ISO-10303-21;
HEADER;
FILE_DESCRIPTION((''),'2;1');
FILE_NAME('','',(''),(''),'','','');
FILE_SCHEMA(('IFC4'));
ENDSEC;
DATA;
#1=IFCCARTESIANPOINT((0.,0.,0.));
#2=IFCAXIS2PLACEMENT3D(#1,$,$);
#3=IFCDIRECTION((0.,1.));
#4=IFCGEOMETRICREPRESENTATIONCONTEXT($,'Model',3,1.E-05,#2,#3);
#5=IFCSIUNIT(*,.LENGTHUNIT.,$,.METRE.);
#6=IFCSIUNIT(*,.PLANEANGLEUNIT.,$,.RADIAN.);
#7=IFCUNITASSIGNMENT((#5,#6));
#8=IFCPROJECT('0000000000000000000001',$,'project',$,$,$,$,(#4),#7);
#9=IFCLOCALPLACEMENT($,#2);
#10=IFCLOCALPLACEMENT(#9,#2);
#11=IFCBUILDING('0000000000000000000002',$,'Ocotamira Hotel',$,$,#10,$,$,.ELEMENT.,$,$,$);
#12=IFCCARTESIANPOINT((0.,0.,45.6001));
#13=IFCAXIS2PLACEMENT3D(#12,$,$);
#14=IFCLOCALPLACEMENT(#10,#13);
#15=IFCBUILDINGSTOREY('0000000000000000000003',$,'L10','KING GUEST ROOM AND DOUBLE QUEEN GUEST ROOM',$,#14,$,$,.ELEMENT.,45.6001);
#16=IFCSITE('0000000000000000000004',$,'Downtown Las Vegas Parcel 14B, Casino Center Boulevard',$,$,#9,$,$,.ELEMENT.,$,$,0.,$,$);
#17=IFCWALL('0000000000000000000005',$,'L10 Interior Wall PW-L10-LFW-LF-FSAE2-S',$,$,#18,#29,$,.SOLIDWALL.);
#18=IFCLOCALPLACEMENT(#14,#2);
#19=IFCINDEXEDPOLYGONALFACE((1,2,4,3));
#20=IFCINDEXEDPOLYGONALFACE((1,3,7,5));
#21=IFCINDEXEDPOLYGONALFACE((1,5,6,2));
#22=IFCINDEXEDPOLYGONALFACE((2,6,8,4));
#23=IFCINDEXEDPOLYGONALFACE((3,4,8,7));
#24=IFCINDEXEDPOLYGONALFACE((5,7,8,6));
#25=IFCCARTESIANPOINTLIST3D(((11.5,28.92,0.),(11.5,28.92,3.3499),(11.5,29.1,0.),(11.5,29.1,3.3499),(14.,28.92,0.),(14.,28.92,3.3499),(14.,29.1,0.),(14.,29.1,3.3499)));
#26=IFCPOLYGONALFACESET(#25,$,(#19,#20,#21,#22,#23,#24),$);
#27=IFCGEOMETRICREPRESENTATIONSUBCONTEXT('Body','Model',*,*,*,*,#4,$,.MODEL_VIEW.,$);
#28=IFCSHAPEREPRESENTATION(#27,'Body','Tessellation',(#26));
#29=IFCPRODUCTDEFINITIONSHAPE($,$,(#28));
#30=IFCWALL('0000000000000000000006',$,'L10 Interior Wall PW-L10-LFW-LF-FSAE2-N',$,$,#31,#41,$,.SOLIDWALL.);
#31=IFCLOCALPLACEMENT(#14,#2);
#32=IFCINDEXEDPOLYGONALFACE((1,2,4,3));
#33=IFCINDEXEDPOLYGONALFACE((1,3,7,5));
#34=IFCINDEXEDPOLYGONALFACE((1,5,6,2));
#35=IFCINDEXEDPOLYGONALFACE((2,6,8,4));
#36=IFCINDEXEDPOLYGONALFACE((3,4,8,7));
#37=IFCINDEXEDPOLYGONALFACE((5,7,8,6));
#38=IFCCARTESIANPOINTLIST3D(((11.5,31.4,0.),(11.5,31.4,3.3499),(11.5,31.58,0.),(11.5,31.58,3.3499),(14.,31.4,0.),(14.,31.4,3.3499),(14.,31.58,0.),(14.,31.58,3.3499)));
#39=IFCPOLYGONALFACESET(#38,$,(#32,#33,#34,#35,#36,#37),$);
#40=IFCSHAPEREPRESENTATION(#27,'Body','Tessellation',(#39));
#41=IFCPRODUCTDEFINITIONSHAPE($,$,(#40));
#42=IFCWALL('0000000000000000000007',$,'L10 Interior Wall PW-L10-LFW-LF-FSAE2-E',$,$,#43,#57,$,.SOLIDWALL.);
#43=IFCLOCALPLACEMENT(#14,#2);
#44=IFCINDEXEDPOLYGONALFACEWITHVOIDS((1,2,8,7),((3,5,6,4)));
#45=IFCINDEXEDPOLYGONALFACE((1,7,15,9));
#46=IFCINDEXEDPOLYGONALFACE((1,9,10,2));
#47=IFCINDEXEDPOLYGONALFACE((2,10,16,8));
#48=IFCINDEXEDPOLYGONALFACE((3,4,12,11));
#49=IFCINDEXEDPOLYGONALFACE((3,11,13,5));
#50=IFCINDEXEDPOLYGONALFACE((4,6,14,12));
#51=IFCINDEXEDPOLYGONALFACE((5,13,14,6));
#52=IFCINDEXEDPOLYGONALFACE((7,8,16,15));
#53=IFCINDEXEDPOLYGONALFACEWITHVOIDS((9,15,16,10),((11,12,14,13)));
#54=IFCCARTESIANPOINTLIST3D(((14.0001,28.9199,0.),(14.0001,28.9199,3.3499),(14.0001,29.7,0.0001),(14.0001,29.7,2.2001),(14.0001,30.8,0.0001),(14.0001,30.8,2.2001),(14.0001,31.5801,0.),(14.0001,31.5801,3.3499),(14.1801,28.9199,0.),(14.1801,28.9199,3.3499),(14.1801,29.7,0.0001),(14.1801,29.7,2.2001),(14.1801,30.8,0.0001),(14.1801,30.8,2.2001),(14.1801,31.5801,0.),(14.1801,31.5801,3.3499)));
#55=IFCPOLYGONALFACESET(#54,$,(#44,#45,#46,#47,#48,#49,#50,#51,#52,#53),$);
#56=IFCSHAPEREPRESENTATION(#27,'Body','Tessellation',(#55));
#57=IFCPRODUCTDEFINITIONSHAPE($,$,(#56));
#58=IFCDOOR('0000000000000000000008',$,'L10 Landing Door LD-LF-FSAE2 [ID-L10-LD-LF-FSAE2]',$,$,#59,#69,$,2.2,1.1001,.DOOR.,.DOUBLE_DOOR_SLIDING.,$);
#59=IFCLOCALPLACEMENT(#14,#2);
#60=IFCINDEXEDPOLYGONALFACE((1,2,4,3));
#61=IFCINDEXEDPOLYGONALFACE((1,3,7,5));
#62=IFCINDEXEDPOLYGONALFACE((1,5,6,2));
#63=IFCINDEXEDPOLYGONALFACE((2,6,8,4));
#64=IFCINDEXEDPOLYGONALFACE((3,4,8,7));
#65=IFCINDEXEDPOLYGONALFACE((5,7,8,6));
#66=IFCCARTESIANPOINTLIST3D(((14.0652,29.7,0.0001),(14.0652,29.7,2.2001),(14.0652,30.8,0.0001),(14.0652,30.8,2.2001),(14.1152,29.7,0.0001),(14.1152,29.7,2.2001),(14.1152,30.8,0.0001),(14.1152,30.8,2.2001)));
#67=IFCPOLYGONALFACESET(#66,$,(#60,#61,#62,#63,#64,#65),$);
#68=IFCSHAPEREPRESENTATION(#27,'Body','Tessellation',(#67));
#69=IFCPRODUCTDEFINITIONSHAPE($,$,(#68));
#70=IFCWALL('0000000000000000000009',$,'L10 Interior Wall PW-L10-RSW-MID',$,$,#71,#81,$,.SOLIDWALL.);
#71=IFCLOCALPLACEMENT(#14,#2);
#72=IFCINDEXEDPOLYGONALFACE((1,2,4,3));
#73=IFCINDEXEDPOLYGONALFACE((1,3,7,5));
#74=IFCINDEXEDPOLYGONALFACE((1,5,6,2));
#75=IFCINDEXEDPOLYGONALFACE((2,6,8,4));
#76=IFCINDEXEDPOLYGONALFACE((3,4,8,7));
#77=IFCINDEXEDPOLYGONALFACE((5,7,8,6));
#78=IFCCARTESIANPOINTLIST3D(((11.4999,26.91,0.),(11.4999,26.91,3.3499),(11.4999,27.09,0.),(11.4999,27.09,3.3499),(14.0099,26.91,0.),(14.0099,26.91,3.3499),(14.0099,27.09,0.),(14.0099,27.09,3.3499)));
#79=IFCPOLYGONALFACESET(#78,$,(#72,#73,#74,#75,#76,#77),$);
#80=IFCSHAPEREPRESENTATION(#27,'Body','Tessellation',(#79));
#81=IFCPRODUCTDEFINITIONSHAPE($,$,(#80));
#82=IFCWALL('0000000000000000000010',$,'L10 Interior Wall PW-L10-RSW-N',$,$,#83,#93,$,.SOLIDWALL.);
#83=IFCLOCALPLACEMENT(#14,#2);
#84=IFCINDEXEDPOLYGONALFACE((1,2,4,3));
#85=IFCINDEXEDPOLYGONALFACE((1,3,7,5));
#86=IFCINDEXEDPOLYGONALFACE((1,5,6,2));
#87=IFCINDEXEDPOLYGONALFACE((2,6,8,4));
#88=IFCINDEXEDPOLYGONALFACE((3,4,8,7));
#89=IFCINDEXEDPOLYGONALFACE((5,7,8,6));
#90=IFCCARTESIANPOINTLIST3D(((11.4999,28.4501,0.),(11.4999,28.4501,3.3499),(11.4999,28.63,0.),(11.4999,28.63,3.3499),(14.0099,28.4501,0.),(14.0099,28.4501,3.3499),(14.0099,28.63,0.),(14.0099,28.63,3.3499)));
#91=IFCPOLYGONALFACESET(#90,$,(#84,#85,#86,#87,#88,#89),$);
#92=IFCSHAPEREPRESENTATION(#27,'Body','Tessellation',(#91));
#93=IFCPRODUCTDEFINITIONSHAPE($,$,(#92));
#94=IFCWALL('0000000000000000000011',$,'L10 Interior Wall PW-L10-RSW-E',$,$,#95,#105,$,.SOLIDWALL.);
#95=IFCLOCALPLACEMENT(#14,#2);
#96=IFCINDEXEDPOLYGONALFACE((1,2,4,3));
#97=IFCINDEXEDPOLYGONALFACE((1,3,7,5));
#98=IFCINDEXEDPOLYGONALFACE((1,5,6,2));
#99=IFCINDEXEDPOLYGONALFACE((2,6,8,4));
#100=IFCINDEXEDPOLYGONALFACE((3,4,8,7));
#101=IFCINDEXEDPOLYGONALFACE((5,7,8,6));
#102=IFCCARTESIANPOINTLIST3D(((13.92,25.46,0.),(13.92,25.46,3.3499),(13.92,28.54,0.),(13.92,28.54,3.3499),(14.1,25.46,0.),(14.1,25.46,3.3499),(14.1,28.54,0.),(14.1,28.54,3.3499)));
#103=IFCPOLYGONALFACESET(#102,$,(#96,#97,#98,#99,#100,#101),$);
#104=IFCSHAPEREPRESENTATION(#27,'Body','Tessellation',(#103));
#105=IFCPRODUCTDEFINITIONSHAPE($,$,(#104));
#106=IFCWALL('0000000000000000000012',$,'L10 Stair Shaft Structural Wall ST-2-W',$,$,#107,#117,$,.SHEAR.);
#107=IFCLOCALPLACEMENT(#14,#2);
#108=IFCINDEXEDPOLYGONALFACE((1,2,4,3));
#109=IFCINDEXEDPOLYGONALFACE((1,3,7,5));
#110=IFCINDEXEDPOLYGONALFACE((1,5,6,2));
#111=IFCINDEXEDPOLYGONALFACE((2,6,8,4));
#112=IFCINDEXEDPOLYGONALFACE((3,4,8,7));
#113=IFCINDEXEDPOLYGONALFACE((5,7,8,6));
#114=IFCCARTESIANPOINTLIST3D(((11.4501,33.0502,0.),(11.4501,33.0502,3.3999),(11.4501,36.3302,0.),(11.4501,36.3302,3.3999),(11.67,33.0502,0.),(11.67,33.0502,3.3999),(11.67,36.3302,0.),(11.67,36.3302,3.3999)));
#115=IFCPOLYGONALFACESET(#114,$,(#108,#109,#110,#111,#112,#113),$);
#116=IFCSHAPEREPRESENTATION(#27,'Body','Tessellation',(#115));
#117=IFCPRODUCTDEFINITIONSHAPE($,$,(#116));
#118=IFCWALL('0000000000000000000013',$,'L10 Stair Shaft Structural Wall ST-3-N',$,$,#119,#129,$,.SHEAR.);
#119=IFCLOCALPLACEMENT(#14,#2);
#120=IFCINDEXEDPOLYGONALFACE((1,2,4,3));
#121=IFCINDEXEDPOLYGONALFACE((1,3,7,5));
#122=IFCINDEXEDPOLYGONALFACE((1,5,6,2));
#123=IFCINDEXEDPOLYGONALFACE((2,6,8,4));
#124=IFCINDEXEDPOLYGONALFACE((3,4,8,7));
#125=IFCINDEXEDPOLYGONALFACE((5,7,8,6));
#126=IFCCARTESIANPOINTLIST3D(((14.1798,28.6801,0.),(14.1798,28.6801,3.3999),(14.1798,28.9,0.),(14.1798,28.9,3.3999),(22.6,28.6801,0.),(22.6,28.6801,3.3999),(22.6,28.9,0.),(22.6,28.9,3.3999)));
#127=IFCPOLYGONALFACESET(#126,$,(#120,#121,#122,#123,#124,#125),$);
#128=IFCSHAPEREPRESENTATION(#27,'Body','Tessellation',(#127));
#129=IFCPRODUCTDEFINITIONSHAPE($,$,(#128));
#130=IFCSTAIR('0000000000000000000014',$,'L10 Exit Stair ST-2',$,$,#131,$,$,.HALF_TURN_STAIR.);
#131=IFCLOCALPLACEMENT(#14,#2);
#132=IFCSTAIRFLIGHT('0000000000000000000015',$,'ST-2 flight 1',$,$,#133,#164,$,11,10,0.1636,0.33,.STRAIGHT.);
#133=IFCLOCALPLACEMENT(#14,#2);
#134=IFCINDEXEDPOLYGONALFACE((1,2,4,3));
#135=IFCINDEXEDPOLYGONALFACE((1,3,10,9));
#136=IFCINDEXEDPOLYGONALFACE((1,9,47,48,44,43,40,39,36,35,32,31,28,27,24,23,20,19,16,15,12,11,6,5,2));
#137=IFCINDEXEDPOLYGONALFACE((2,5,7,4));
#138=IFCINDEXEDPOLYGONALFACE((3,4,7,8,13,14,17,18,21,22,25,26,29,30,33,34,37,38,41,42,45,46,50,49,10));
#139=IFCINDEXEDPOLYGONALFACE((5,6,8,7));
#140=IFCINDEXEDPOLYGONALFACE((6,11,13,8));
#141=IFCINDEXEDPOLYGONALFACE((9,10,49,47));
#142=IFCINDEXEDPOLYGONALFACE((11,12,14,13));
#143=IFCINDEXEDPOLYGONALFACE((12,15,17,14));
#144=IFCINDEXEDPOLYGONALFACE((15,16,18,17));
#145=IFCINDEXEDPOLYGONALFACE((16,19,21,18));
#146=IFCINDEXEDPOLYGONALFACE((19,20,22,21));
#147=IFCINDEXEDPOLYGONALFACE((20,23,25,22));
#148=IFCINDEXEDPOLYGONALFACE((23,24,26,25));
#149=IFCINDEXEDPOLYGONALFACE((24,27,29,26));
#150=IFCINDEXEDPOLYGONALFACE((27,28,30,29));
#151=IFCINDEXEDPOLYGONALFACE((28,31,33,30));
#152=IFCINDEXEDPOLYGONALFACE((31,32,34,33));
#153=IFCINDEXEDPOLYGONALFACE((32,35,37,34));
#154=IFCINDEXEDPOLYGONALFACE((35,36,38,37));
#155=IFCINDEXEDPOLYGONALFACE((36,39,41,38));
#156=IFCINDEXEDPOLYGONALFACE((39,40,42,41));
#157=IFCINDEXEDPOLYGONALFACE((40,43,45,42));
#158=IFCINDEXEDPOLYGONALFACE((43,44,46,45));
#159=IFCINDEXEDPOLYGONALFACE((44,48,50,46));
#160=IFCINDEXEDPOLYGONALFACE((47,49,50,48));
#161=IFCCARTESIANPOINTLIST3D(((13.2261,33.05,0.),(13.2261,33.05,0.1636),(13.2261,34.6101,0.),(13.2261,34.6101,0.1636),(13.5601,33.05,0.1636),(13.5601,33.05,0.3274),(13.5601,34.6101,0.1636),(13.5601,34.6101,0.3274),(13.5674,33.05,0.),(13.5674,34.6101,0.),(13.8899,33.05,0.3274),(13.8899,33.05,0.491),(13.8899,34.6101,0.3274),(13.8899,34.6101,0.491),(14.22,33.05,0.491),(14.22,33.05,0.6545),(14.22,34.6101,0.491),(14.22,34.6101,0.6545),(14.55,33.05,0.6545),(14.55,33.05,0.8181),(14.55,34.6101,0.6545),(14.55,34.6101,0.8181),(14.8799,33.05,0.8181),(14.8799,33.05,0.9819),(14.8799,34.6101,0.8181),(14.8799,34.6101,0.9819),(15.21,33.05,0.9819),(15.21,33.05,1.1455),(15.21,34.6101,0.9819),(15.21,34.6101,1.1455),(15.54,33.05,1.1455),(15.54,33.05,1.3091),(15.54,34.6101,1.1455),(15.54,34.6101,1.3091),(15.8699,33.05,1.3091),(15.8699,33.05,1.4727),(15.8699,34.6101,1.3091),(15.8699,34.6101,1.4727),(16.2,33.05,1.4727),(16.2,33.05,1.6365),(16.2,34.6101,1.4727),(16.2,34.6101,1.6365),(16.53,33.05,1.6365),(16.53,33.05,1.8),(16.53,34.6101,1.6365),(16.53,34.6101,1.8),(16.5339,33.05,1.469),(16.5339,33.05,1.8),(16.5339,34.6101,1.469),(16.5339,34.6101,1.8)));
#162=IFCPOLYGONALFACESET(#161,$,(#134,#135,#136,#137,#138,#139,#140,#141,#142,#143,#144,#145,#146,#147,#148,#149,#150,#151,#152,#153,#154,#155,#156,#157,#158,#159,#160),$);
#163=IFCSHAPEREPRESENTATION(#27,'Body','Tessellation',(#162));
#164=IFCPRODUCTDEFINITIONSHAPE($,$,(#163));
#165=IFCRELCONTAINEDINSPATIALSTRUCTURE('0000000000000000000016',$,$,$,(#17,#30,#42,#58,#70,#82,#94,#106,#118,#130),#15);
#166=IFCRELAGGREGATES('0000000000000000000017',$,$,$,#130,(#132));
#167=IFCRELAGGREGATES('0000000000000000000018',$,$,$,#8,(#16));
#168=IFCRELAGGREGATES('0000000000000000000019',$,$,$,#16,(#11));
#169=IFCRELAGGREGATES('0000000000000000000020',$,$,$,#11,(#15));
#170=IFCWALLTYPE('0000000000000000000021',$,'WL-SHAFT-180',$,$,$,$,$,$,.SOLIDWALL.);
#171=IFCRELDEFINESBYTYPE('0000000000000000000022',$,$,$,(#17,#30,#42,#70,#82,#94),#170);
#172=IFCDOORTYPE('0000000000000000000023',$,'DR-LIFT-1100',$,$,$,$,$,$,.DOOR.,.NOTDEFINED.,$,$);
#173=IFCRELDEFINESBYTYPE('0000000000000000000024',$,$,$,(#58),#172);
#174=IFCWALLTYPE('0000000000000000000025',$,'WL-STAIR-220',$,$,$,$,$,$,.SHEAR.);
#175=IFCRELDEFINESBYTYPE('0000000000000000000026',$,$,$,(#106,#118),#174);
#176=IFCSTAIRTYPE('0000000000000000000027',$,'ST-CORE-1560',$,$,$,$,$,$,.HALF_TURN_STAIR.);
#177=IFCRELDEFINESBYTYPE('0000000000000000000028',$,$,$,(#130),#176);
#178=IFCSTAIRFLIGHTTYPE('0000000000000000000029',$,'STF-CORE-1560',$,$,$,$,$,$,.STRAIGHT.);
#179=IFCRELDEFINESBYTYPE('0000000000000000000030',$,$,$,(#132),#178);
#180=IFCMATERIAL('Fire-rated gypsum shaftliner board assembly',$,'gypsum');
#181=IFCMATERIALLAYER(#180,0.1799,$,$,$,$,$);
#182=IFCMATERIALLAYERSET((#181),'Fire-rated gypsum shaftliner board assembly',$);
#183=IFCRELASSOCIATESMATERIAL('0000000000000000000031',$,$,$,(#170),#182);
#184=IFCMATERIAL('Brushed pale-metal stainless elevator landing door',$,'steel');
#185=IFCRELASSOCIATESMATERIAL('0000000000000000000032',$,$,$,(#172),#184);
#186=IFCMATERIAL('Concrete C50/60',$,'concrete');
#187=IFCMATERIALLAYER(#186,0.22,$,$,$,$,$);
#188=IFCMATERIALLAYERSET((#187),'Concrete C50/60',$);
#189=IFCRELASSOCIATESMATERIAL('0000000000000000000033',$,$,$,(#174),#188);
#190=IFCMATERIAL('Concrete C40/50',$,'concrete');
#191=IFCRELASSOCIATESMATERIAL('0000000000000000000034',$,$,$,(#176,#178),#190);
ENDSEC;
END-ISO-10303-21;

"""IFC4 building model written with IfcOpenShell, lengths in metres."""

from ifc_helpers import new_model, si_unit, direction, frame, frame_2d, origin, place, context, subcontext, project, spatial, polyline, rectangle, outline, extrude, source, transform, mapped, material, layer, layer_set, type_object, element, fill, aggregate, save


model = new_model("IFC4")

# Units and contexts
model_context = context("Model", 3, precision=1e-05, world=origin(), true_north=direction((0.0, 1.0)))
body_context = subcontext(model_context, "Body", "Model", "MODEL_VIEW")
ifc_project = project(units=[si_unit("LENGTHUNIT", "METRE"), si_unit("PLANEANGLEUNIT", "RADIAN")], contexts=[model_context])

# Site, building, storey
site_placement = place(None, origin())
site = spatial("IfcSite", under=ifc_project, at=site_placement, Name="Downtown Las Vegas Parcel 14B, Casino Center Boulevard", CompositionType="ELEMENT", RefElevation=0.0)
building_placement = place(site_placement, origin())
building = spatial("IfcBuilding", under=site, at=building_placement, Name="Ocotamira Hotel", CompositionType="ELEMENT")
storey_placement = place(building_placement, frame((0.0, 0.0, 45.6001)))
storey = spatial("IfcBuildingStorey", under=building, at=storey_placement, Name="L10", Description="KING GUEST ROOM AND DOUBLE QUEEN GUEST ROOM", CompositionType="ELEMENT", Elevation=45.6001)

# Walls
ifc_material_1 = material(Name="Fire-rated gypsum shaftliner board assembly", Category="gypsum")
ifc_layer_1 = layer(ifc_material_1, 0.1799)
ifc_layer_set_1 = layer_set([ifc_layer_1], Name="Fire-rated gypsum shaftliner board assembly")
wall_type_1 = type_object("IfcWallType", Name="WL-SHAFT-180", PredefinedType="SOLIDWALL", material=ifc_layer_set_1)
for number, where, z_axis, x_axis, name in (
    (1, (11.5, 29.01, 0.0), (0.0, 0.0, 1.0), (1.0, 0.0, 0.0), "L10 Interior Wall PW-L10-LFW-LF-FSAE2-S"),
    (2, (11.5, 31.49, 0.0), (0.0, 0.0, 1.0), (1.0, 0.0, 0.0), "L10 Interior Wall PW-L10-LFW-LF-FSAE2-N"),
):
    element("IfcWall", number, at=place(storey_placement, frame(where, z_axis=z_axis, x_axis=x_axis)), inside=storey, type_object=wall_type_1, Name=name, PredefinedType="SOLIDWALL", context=body_context, shape_type="SweptSolid", body=[
        extrude(rectangle(XDim=2.5, YDim=0.1799, at=frame_2d((1.25, 0.0))), origin(), (0.0, 0.0, 1.0), 3.3499),
    ])

# Wall, opening, door
wall_1_placement = place(storey_placement, frame((14.0901, 28.9199, 0.0), z_axis=(0.0, 0.0, 1.0), x_axis=(0.0, 1.0, 0.0)))
wall_1 = element("IfcWall", 3, at=wall_1_placement, inside=storey, type_object=wall_type_1, Name="L10 Interior Wall PW-L10-LFW-LF-FSAE2-E", PredefinedType="SOLIDWALL", context=body_context, shape_type="SweptSolid", body=[
    extrude(rectangle(XDim=2.6602, YDim=0.1799, at=frame_2d((1.3301, 0.0))), origin(), (0.0, 0.0, 1.0), 3.3499),
])
opening_placement = place(wall_1_placement, frame((0.78, 0.0, 0.0)))
opening = element("IfcOpeningElement", 4, at=opening_placement, cuts=wall_1, PredefinedType="OPENING", context=body_context, shape_type="SweptSolid", body=[
    extrude(rectangle(XDim=1.1001, YDim=2.2, at=frame_2d((0.55, 1.1001))), frame((0.0, 0.1001, 0.0), z_axis=(0.0, -1.0, 0.0), x_axis=(1.0, 0.0, 0.0)), (0.0, 0.0, 1.0), 0.2),
])
ifc_material_2 = material(Name="Brushed pale-metal stainless elevator landing door", Category="steel")
door_type = type_object("IfcDoorType", Name="DR-LIFT-1100", OperationType="NOTDEFINED", PredefinedType="DOOR", material=ifc_material_2)
shared_shape_1 = source(origin(), body_context, "Body", "SweptSolid", [
    extrude(rectangle(XDim=1.1001, YDim=2.2, at=frame_2d((0.55, 1.1001))), frame((0.0, 0.0249, 0.0), z_axis=(0.0, -1.0, 0.0), x_axis=(1.0, 0.0, 0.0)), (0.0, 0.0, 1.0), 0.05),
])
door_placement = place(opening_placement, origin())
door = element("IfcDoor", 5, at=door_placement, inside=storey, type_object=door_type, Name="L10 Landing Door LD-LF-FSAE2 [ID-L10-LD-LF-FSAE2]", OperationType="DOUBLE_DOOR_SLIDING", OverallHeight=2.2, OverallWidth=1.1001, PredefinedType="DOOR", context=body_context, shape_type="MappedRepresentation", body=[
    mapped(shared_shape_1, transform((0.0, 0.0, 0.0), scale=1.0)),
])
fill(opening, door)

# Walls
for number, where, z_axis, x_axis, name in (
    (6, (11.5, 27.0, 0.0), (0.0, 0.0, 1.0), (1.0, 0.0, 0.0), "L10 Interior Wall PW-L10-RSW-MID"),
    (7, (11.5, 28.54, 0.0), (0.0, 0.0, 1.0), (1.0, 0.0, 0.0), "L10 Interior Wall PW-L10-RSW-N"),
):
    element("IfcWall", number, at=place(storey_placement, frame(where, z_axis=z_axis, x_axis=x_axis)), inside=storey, type_object=wall_type_1, Name=name, PredefinedType="SOLIDWALL", context=body_context, shape_type="SweptSolid", body=[
        extrude(rectangle(XDim=2.51, YDim=0.1799, at=frame_2d((1.2549, 0.0))), origin(), (0.0, 0.0, 1.0), 3.3499),
    ])
wall_2_placement = place(storey_placement, frame((14.01, 25.46, 0.0), z_axis=(0.0, 0.0, 1.0), x_axis=(0.0, 1.0, 0.0)))
element("IfcWall", 8, at=wall_2_placement, inside=storey, type_object=wall_type_1, Name="L10 Interior Wall PW-L10-RSW-E", PredefinedType="SOLIDWALL", context=body_context, shape_type="SweptSolid", body=[
    extrude(rectangle(XDim=3.0801, YDim=0.1799, at=frame_2d((1.54, 0.0))), origin(), (0.0, 0.0, 1.0), 3.3499),
])
ifc_material_3 = material(Name="Concrete C50/60", Category="concrete")
ifc_layer_2 = layer(ifc_material_3, 0.22)
ifc_layer_set_2 = layer_set([ifc_layer_2], Name="Concrete C50/60")
wall_type_2 = type_object("IfcWallType", Name="WL-STAIR-220", PredefinedType="SHEAR", material=ifc_layer_set_2)
wall_3_placement = place(storey_placement, frame((11.5601, 33.05, 0.0), z_axis=(0.0, 0.0, 1.0), x_axis=(0.0, 1.0, 0.0)))
element("IfcWall", 9, at=wall_3_placement, inside=storey, type_object=wall_type_2, Name="L10 Stair Shaft Structural Wall ST-2-W", PredefinedType="SHEAR", context=body_context, shape_type="SweptSolid", body=[
    extrude(rectangle(XDim=3.28, YDim=0.22, at=frame_2d((1.6401, 0.0))), origin(), (0.0, 0.0, 1.0), 3.3999),
])
wall_4_placement = place(storey_placement, frame((14.1799, 28.79, 0.0), z_axis=(0.0, 0.0, 1.0), x_axis=(1.0, 0.0, 0.0)))
element("IfcWall", 10, at=wall_4_placement, inside=storey, type_object=wall_type_2, Name="L10 Stair Shaft Structural Wall ST-3-N", PredefinedType="SHEAR", context=body_context, shape_type="SweptSolid", body=[
    extrude(rectangle(XDim=8.4202, YDim=0.22, at=frame_2d((4.21, 0.0))), origin(), (0.0, 0.0, 1.0), 3.3999),
])

# Stair, stair flight
ifc_material_4 = material(Name="Concrete C40/50", Category="concrete")
stair_type = type_object("IfcStairType", Name="ST-CORE-1560", PredefinedType="HALF_TURN_STAIR", material=ifc_material_4)
stair_1_placement = place(storey_placement, origin())
stair_1 = element("IfcStair", 11, at=stair_1_placement, inside=storey, type_object=stair_type, Name="L10 Exit Stair ST-2", PredefinedType="HALF_TURN_STAIR")
stair_flight_type = type_object("IfcStairFlightType", Name="STF-CORE-1560", PredefinedType="STRAIGHT", material=ifc_material_4)
shared_shape_2 = source(origin(), body_context, "Body", "SweptSolid", [
    extrude(outline(polyline([(-0.0039, 0.0), (-0.0039, 0.1636), (0.3301, 0.1636), (0.3301, 0.3274), (0.6599, 0.3274), (0.6599, 0.491), (0.99, 0.491), (0.99, 0.6545), (1.3201, 0.6545), (1.3201, 0.8181), (1.6499, 0.8181), (1.6499, 0.9819), (1.98, 0.9819), (1.98, 1.1455), (2.3101, 1.1455), (2.3101, 1.3091), (2.6399, 1.3091), (2.6399, 1.4727), (2.97, 1.4727), (2.97, 1.6365), (3.3, 1.6365), (3.3, 1.8), (3.304, 1.8), (3.304, 1.469), (0.3374, 0.0), (-0.0039, 0.0)])), frame((0.0, 0.78, 0.0), z_axis=(0.0, -1.0, 0.0), x_axis=(1.0, 0.0, 0.0)), (0.0, 0.0, 1.0), 1.5601),
])
stair_flight_1_placement = place(storey_placement, frame((13.23, 33.8301, 0.0), z_axis=(0.0, 0.0, 1.0), x_axis=(1.0, 0.0, 0.0)))
stair_flight_1 = element("IfcStairFlight", 12, at=stair_flight_1_placement, type_object=stair_flight_type, Name="ST-2 flight 1", NumberOfRisers=11, NumberOfTreads=10, PredefinedType="STRAIGHT", RiserHeight=0.1636, TreadLength=0.33, context=body_context, shape_type="MappedRepresentation", body=[
    mapped(shared_shape_2, transform((0.0, 0.0, 0.0), scale=1.0)),
])
aggregate(stair_1, [stair_flight_1])

save(model, "model.ifc")
